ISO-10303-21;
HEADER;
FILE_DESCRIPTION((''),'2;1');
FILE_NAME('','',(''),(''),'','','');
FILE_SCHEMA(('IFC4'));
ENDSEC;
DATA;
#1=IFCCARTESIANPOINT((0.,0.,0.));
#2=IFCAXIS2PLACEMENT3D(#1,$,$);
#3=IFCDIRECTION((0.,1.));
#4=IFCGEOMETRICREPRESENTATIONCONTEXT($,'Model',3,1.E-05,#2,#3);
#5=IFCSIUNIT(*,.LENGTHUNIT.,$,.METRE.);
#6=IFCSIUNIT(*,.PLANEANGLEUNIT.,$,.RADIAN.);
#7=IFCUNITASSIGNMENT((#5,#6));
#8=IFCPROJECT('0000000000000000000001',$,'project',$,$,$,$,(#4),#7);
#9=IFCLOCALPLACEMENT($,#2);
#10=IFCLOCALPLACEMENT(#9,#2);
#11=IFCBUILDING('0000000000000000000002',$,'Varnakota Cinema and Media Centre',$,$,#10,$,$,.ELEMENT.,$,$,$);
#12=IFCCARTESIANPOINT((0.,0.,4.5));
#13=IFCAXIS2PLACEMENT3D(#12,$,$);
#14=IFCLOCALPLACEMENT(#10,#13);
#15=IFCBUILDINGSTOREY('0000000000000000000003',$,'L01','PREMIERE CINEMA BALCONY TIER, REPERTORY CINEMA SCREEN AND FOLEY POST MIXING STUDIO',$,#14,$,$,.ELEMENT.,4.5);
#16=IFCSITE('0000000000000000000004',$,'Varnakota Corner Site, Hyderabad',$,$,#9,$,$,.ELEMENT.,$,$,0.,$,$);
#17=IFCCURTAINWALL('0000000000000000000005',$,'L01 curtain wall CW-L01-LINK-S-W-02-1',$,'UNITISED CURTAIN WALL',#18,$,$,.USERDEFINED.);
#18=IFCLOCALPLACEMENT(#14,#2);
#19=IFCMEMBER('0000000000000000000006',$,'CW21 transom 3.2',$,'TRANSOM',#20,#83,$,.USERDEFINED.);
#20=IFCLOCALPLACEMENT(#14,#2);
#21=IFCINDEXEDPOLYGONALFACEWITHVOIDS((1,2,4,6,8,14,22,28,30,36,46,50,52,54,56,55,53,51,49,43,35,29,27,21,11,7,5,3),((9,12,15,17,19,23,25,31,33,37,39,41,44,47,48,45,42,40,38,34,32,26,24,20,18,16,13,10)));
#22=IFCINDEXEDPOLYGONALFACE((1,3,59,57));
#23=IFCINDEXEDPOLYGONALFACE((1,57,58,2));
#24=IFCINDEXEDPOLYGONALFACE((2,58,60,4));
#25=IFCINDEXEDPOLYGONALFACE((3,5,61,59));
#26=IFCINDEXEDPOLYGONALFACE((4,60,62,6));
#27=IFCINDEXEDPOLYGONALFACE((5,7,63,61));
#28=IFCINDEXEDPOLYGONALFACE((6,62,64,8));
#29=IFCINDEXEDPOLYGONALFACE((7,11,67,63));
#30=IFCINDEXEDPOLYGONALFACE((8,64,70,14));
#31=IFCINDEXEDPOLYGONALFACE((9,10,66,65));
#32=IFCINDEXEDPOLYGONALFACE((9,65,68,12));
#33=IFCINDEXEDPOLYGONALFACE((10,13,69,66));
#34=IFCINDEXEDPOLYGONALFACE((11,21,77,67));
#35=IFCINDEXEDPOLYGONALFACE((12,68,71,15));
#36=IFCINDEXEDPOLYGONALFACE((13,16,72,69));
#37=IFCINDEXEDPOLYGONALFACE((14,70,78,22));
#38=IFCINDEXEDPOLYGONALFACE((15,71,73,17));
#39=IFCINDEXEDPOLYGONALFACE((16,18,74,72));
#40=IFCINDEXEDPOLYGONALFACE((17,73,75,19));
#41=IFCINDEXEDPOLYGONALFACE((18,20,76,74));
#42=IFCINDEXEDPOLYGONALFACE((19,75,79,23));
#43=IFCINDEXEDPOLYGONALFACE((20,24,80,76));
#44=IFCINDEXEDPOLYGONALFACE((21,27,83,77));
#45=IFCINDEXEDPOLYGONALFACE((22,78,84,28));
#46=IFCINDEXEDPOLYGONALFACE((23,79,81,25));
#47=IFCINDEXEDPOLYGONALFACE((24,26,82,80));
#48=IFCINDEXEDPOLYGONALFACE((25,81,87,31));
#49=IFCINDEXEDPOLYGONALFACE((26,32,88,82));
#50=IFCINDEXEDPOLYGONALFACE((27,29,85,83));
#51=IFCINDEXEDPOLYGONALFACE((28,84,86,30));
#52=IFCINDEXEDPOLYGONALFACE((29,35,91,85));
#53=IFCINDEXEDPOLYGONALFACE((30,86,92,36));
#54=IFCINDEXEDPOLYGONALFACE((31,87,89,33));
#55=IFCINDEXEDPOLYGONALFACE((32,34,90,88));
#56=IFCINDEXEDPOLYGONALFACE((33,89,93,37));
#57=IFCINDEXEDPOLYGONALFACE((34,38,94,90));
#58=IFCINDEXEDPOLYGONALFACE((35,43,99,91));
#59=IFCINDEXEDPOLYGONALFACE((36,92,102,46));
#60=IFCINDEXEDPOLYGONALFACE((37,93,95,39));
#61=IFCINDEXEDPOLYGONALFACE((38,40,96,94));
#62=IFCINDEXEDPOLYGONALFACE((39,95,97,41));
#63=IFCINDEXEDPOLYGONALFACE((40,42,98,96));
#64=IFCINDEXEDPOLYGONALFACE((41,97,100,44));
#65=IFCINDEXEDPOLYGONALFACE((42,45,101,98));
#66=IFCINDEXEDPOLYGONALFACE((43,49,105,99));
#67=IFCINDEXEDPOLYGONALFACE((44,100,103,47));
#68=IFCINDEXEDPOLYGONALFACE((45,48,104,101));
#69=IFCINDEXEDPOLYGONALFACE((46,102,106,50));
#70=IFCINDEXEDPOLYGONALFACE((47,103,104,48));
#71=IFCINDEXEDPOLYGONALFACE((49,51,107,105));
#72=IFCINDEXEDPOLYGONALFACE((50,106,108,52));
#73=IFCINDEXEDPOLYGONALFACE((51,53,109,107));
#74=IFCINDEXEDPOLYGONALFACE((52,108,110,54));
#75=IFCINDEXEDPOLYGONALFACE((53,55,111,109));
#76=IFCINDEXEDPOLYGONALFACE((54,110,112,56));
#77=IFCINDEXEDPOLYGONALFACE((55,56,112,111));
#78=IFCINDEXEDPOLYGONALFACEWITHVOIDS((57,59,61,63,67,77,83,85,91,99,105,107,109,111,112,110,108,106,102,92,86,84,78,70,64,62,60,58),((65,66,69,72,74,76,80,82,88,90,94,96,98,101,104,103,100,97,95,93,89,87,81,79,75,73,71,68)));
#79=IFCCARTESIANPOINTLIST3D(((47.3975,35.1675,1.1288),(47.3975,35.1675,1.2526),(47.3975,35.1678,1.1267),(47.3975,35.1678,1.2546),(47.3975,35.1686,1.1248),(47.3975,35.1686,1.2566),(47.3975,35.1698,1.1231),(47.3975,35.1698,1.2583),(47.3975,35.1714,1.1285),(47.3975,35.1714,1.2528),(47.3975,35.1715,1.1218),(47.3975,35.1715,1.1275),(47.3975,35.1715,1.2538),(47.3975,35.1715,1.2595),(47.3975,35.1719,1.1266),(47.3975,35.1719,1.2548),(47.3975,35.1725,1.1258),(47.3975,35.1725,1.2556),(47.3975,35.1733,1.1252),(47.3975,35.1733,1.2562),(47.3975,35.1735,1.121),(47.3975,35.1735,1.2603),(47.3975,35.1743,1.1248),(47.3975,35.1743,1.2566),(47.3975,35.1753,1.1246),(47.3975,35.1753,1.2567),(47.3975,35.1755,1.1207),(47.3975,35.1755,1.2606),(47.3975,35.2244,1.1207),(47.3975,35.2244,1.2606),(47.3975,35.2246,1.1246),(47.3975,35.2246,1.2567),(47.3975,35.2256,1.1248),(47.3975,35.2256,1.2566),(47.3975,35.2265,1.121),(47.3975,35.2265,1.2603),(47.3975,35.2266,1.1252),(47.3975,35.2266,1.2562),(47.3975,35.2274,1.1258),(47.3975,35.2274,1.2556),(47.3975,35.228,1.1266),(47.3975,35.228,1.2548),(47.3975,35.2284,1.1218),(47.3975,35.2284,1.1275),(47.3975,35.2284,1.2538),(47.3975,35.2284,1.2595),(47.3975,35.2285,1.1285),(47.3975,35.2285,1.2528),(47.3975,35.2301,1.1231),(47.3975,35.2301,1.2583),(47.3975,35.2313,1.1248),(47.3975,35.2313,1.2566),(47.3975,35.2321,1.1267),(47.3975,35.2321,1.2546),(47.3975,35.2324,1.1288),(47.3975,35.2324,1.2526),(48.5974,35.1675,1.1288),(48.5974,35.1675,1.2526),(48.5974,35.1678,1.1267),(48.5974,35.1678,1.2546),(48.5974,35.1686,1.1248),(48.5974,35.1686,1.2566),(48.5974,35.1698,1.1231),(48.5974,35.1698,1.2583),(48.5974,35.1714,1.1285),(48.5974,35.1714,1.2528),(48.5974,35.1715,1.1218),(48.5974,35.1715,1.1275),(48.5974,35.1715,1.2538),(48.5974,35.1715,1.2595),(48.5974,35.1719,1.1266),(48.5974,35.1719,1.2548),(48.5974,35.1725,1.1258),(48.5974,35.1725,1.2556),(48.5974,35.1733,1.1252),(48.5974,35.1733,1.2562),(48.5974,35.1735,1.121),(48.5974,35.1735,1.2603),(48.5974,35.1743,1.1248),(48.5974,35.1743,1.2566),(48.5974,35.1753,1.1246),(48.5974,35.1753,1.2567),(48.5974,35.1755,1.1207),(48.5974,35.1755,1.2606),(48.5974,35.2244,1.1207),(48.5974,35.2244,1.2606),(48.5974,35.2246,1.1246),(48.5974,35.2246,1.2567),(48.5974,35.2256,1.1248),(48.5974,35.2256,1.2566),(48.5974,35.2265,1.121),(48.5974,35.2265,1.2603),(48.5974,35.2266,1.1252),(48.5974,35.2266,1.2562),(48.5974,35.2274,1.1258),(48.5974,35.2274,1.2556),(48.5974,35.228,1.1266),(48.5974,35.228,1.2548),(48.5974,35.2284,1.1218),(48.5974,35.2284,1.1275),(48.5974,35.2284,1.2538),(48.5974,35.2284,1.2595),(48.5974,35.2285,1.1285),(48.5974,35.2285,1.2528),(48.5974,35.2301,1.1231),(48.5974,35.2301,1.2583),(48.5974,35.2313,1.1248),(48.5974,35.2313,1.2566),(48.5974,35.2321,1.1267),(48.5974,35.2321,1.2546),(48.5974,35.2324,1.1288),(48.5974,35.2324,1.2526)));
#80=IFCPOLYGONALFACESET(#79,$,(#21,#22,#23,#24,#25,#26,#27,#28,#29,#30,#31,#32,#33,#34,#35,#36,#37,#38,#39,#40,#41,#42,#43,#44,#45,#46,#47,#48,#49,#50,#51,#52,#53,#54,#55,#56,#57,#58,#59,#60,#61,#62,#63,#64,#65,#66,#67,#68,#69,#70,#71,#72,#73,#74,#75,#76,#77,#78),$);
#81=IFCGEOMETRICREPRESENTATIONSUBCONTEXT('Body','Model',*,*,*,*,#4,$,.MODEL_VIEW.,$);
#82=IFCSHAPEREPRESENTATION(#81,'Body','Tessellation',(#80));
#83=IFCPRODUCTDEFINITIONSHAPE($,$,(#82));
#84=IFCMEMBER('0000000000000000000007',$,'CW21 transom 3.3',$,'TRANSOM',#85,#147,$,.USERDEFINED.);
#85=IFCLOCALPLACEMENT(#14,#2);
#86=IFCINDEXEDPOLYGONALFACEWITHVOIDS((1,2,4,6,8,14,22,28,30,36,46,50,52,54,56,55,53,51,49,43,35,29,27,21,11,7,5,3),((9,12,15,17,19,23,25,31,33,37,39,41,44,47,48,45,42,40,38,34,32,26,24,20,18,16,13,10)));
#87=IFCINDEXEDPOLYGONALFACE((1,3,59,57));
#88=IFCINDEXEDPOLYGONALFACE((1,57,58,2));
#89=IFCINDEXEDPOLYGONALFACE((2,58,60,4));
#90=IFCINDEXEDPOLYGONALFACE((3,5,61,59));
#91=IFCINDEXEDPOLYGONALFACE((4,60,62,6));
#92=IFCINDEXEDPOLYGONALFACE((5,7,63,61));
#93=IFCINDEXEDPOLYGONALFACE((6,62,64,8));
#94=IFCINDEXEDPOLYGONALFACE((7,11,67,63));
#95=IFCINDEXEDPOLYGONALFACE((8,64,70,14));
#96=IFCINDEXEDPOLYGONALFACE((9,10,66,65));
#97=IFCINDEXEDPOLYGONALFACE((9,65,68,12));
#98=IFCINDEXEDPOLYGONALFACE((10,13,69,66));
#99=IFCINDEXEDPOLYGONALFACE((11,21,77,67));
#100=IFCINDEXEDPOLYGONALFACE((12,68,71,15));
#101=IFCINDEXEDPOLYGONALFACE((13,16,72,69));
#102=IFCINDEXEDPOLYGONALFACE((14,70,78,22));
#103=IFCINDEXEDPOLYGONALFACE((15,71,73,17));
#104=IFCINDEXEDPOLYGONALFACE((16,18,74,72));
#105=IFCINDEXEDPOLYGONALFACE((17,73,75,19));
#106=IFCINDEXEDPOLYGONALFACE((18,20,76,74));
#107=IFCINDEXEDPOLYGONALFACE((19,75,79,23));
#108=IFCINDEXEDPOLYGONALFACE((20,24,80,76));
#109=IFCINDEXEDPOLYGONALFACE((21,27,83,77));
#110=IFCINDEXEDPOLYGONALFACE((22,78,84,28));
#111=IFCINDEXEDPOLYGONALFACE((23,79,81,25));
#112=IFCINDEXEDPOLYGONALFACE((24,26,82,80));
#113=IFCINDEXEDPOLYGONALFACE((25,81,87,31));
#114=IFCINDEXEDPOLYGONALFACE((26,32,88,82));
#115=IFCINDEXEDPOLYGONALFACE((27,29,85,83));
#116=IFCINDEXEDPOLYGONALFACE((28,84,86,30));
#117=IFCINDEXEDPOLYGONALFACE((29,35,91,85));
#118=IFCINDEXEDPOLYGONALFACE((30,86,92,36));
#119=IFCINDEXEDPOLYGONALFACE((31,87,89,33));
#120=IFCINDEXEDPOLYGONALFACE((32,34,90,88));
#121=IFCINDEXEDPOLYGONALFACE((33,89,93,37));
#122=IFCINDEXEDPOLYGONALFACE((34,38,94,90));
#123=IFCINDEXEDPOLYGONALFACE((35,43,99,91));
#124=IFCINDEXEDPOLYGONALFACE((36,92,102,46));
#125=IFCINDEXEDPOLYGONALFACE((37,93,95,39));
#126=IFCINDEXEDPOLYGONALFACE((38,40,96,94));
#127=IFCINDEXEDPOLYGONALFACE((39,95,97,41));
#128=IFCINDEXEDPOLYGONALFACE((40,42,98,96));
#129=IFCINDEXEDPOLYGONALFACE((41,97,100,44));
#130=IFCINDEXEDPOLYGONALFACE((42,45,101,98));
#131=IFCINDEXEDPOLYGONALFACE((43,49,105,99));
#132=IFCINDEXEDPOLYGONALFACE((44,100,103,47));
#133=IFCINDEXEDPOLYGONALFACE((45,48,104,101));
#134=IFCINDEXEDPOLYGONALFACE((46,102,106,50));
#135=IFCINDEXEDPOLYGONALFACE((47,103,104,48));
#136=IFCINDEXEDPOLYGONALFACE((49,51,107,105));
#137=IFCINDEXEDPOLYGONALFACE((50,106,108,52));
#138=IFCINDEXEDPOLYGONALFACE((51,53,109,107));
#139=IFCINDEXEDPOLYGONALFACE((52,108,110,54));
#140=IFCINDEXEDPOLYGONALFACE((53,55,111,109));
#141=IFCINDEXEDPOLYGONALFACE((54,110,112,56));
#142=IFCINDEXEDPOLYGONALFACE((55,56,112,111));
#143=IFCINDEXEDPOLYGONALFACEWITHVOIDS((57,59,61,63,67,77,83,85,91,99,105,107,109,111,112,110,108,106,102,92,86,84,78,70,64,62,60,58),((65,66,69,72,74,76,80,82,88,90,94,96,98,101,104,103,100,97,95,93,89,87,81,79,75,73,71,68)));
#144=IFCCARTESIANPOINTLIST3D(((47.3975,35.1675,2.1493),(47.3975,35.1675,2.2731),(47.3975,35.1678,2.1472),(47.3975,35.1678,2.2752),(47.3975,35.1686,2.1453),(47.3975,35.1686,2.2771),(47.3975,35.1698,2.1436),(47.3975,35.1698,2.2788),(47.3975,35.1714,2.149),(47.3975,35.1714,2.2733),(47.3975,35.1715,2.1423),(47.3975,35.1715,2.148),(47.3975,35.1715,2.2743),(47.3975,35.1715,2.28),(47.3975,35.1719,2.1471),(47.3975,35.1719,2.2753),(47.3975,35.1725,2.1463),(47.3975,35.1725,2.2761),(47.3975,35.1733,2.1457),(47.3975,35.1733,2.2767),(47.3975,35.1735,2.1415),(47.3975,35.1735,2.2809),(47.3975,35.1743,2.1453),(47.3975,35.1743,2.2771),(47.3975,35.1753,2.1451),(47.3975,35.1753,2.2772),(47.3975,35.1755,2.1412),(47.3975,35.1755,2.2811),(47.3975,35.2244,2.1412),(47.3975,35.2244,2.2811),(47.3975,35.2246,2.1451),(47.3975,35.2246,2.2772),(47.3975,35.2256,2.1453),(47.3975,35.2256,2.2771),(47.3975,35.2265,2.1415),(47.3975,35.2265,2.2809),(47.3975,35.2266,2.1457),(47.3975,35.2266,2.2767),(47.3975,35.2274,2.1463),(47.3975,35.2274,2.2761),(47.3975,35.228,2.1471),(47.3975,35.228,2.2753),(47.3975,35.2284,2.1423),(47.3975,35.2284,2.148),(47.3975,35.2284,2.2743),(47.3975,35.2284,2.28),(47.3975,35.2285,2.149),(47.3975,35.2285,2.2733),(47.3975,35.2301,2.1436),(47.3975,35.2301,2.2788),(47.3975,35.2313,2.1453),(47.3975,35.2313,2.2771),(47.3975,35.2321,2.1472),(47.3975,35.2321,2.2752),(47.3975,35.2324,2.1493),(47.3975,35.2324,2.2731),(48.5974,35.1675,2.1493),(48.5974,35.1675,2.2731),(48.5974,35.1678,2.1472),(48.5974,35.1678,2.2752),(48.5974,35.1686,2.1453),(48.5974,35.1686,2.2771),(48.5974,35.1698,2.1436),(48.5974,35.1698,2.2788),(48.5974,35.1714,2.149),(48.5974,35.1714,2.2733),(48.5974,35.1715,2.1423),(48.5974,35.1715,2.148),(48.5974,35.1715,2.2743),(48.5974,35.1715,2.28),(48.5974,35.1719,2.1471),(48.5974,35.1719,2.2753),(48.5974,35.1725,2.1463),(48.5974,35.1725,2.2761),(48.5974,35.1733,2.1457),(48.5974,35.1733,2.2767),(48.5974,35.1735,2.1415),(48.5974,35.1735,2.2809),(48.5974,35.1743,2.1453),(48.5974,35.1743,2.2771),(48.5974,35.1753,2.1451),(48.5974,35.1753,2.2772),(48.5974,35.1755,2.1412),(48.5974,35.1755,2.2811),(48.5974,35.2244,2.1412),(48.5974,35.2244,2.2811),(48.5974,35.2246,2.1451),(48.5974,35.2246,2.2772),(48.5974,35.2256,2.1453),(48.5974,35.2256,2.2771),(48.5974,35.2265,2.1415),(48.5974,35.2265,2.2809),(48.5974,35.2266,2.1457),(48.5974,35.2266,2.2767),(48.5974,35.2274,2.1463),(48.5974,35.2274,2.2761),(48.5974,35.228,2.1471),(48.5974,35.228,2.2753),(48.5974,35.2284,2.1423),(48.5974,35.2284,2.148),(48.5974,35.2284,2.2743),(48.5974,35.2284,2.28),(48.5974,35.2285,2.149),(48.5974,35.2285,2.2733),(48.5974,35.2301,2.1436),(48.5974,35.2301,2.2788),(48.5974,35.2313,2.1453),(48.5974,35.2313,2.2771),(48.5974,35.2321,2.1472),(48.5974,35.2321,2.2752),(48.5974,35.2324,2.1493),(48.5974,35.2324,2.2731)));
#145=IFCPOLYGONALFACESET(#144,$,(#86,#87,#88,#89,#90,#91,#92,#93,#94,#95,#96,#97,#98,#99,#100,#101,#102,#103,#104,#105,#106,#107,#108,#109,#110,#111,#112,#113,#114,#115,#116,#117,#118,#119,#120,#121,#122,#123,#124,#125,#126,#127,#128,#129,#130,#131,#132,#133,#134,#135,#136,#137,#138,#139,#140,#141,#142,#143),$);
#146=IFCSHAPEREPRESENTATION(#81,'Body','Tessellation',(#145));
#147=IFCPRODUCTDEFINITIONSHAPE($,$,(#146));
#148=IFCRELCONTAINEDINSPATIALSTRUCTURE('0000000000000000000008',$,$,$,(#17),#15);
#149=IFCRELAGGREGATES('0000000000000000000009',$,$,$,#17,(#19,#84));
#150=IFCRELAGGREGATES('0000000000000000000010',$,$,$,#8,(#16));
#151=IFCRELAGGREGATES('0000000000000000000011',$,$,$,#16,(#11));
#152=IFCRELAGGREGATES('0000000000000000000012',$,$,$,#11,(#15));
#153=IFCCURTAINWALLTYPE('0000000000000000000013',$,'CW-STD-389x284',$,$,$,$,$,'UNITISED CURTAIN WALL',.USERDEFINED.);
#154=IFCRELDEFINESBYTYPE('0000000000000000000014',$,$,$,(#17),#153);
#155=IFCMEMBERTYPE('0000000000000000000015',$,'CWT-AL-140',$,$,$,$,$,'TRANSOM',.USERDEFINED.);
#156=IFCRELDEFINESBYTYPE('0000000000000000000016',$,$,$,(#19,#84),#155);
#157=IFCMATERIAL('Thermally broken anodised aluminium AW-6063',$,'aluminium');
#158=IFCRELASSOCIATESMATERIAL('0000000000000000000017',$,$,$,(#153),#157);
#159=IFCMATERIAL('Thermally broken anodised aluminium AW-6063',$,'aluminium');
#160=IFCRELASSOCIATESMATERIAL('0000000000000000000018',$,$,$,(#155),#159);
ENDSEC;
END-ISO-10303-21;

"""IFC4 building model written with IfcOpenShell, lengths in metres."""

from ifc_helpers import new_model, si_unit, direction, frame, origin, origin_2d, place, context, subcontext, project, spatial, hollow_rectangle, extrude, material, material_profile, profile_set, type_object, element, aggregate, save


model = new_model("IFC4")

# Units and contexts
model_context = context("Model", 3, precision=1e-05, world=origin(), true_north=direction((0.0, 1.0)))
body_context = subcontext(model_context, "Body", "Model", "MODEL_VIEW")
ifc_project = project(units=[si_unit("LENGTHUNIT", "METRE"), si_unit("PLANEANGLEUNIT", "RADIAN")], contexts=[model_context])

# Site, building, storey
site_placement = place(None, origin())
site = spatial("IfcSite", under=ifc_project, at=site_placement, Name="Varnakota Corner Site, Hyderabad", CompositionType="ELEMENT", RefElevation=0.0)
building_placement = place(site_placement, origin())
building = spatial("IfcBuilding", under=site, at=building_placement, Name="Varnakota Cinema and Media Centre", CompositionType="ELEMENT")
storey_placement = place(building_placement, frame((0.0, 0.0, 4.5)))
storey = spatial("IfcBuildingStorey", under=building, at=storey_placement, Name="L01", Description="PREMIERE CINEMA BALCONY TIER, REPERTORY CINEMA SCREEN AND FOLEY POST MIXING STUDIO", CompositionType="ELEMENT", Elevation=4.5)

# Curtain wall
ifc_material_1 = material(Name="Thermally broken anodised aluminium AW-6063", Category="aluminium")
curtain_wall_type = type_object("IfcCurtainWallType", Name="CW-STD-389x284", ElementType="UNITISED CURTAIN WALL", PredefinedType="USERDEFINED", material=ifc_material_1)
curtain_wall_1_placement = place(storey_placement, origin())
curtain_wall_1 = element("IfcCurtainWall", 1, at=curtain_wall_1_placement, inside=storey, type_object=curtain_wall_type, Name="L01 curtain wall CW-L01-LINK-S-W-02-1", ObjectType="UNITISED CURTAIN WALL", PredefinedType="USERDEFINED")

# Members
ifc_material_2 = material(Name="Thermally broken anodised aluminium AW-6063", Category="aluminium")
ifc_material_profile_1 = material_profile(ifc_material_2, hollow_rectangle(XDim=0.0649, YDim=0.1399, WallThickness=0.0039, InnerFilletRadius=0.0039, OuterFilletRadius=0.0081, at=origin_2d()), Name="AL-TRANSOM 140x65x4")
ifc_profile_set_1 = profile_set([ifc_material_profile_1], Name="Thermally broken anodised aluminium AW-6063")
member_type_1 = type_object("IfcMemberType", Name="CWT-AL-140", ElementType="TRANSOM", PredefinedType="USERDEFINED", material=ifc_profile_set_1)
member_1_placement = place(storey_placement, frame((48.5974, 35.2, 1.1907), z_axis=(-1.0, 0.0, 0.0), x_axis=(0.0, -1.0, 0.0)))
member_1 = element("IfcMember", 2, at=member_1_placement, type_object=member_type_1, Name="CW21 transom 3.2", ObjectType="TRANSOM", PredefinedType="USERDEFINED", context=body_context, shape_type="SweptSolid", body=[
    extrude(hollow_rectangle(XDim=0.0649, YDim=0.1399, WallThickness=0.0039, InnerFilletRadius=0.0039, OuterFilletRadius=0.0081, at=origin_2d()), origin(), (0.0, 0.0, 1.0), 1.2),
])
member_2_placement = place(storey_placement, frame((48.5974, 35.2, 2.2112), z_axis=(-1.0, 0.0, 0.0), x_axis=(0.0, -1.0, 0.0)))
member_2 = element("IfcMember", 3, at=member_2_placement, type_object=member_type_1, Name="CW21 transom 3.3", ObjectType="TRANSOM", PredefinedType="USERDEFINED", context=body_context, shape_type="SweptSolid", body=[
    extrude(hollow_rectangle(XDim=0.0649, YDim=0.1399, WallThickness=0.0039, InnerFilletRadius=0.0039, OuterFilletRadius=0.0081, at=origin_2d()), origin(), (0.0, 0.0, 1.0), 1.2),
])

aggregate(curtain_wall_1, [member_1, member_2])

save(model, "model.ifc")
